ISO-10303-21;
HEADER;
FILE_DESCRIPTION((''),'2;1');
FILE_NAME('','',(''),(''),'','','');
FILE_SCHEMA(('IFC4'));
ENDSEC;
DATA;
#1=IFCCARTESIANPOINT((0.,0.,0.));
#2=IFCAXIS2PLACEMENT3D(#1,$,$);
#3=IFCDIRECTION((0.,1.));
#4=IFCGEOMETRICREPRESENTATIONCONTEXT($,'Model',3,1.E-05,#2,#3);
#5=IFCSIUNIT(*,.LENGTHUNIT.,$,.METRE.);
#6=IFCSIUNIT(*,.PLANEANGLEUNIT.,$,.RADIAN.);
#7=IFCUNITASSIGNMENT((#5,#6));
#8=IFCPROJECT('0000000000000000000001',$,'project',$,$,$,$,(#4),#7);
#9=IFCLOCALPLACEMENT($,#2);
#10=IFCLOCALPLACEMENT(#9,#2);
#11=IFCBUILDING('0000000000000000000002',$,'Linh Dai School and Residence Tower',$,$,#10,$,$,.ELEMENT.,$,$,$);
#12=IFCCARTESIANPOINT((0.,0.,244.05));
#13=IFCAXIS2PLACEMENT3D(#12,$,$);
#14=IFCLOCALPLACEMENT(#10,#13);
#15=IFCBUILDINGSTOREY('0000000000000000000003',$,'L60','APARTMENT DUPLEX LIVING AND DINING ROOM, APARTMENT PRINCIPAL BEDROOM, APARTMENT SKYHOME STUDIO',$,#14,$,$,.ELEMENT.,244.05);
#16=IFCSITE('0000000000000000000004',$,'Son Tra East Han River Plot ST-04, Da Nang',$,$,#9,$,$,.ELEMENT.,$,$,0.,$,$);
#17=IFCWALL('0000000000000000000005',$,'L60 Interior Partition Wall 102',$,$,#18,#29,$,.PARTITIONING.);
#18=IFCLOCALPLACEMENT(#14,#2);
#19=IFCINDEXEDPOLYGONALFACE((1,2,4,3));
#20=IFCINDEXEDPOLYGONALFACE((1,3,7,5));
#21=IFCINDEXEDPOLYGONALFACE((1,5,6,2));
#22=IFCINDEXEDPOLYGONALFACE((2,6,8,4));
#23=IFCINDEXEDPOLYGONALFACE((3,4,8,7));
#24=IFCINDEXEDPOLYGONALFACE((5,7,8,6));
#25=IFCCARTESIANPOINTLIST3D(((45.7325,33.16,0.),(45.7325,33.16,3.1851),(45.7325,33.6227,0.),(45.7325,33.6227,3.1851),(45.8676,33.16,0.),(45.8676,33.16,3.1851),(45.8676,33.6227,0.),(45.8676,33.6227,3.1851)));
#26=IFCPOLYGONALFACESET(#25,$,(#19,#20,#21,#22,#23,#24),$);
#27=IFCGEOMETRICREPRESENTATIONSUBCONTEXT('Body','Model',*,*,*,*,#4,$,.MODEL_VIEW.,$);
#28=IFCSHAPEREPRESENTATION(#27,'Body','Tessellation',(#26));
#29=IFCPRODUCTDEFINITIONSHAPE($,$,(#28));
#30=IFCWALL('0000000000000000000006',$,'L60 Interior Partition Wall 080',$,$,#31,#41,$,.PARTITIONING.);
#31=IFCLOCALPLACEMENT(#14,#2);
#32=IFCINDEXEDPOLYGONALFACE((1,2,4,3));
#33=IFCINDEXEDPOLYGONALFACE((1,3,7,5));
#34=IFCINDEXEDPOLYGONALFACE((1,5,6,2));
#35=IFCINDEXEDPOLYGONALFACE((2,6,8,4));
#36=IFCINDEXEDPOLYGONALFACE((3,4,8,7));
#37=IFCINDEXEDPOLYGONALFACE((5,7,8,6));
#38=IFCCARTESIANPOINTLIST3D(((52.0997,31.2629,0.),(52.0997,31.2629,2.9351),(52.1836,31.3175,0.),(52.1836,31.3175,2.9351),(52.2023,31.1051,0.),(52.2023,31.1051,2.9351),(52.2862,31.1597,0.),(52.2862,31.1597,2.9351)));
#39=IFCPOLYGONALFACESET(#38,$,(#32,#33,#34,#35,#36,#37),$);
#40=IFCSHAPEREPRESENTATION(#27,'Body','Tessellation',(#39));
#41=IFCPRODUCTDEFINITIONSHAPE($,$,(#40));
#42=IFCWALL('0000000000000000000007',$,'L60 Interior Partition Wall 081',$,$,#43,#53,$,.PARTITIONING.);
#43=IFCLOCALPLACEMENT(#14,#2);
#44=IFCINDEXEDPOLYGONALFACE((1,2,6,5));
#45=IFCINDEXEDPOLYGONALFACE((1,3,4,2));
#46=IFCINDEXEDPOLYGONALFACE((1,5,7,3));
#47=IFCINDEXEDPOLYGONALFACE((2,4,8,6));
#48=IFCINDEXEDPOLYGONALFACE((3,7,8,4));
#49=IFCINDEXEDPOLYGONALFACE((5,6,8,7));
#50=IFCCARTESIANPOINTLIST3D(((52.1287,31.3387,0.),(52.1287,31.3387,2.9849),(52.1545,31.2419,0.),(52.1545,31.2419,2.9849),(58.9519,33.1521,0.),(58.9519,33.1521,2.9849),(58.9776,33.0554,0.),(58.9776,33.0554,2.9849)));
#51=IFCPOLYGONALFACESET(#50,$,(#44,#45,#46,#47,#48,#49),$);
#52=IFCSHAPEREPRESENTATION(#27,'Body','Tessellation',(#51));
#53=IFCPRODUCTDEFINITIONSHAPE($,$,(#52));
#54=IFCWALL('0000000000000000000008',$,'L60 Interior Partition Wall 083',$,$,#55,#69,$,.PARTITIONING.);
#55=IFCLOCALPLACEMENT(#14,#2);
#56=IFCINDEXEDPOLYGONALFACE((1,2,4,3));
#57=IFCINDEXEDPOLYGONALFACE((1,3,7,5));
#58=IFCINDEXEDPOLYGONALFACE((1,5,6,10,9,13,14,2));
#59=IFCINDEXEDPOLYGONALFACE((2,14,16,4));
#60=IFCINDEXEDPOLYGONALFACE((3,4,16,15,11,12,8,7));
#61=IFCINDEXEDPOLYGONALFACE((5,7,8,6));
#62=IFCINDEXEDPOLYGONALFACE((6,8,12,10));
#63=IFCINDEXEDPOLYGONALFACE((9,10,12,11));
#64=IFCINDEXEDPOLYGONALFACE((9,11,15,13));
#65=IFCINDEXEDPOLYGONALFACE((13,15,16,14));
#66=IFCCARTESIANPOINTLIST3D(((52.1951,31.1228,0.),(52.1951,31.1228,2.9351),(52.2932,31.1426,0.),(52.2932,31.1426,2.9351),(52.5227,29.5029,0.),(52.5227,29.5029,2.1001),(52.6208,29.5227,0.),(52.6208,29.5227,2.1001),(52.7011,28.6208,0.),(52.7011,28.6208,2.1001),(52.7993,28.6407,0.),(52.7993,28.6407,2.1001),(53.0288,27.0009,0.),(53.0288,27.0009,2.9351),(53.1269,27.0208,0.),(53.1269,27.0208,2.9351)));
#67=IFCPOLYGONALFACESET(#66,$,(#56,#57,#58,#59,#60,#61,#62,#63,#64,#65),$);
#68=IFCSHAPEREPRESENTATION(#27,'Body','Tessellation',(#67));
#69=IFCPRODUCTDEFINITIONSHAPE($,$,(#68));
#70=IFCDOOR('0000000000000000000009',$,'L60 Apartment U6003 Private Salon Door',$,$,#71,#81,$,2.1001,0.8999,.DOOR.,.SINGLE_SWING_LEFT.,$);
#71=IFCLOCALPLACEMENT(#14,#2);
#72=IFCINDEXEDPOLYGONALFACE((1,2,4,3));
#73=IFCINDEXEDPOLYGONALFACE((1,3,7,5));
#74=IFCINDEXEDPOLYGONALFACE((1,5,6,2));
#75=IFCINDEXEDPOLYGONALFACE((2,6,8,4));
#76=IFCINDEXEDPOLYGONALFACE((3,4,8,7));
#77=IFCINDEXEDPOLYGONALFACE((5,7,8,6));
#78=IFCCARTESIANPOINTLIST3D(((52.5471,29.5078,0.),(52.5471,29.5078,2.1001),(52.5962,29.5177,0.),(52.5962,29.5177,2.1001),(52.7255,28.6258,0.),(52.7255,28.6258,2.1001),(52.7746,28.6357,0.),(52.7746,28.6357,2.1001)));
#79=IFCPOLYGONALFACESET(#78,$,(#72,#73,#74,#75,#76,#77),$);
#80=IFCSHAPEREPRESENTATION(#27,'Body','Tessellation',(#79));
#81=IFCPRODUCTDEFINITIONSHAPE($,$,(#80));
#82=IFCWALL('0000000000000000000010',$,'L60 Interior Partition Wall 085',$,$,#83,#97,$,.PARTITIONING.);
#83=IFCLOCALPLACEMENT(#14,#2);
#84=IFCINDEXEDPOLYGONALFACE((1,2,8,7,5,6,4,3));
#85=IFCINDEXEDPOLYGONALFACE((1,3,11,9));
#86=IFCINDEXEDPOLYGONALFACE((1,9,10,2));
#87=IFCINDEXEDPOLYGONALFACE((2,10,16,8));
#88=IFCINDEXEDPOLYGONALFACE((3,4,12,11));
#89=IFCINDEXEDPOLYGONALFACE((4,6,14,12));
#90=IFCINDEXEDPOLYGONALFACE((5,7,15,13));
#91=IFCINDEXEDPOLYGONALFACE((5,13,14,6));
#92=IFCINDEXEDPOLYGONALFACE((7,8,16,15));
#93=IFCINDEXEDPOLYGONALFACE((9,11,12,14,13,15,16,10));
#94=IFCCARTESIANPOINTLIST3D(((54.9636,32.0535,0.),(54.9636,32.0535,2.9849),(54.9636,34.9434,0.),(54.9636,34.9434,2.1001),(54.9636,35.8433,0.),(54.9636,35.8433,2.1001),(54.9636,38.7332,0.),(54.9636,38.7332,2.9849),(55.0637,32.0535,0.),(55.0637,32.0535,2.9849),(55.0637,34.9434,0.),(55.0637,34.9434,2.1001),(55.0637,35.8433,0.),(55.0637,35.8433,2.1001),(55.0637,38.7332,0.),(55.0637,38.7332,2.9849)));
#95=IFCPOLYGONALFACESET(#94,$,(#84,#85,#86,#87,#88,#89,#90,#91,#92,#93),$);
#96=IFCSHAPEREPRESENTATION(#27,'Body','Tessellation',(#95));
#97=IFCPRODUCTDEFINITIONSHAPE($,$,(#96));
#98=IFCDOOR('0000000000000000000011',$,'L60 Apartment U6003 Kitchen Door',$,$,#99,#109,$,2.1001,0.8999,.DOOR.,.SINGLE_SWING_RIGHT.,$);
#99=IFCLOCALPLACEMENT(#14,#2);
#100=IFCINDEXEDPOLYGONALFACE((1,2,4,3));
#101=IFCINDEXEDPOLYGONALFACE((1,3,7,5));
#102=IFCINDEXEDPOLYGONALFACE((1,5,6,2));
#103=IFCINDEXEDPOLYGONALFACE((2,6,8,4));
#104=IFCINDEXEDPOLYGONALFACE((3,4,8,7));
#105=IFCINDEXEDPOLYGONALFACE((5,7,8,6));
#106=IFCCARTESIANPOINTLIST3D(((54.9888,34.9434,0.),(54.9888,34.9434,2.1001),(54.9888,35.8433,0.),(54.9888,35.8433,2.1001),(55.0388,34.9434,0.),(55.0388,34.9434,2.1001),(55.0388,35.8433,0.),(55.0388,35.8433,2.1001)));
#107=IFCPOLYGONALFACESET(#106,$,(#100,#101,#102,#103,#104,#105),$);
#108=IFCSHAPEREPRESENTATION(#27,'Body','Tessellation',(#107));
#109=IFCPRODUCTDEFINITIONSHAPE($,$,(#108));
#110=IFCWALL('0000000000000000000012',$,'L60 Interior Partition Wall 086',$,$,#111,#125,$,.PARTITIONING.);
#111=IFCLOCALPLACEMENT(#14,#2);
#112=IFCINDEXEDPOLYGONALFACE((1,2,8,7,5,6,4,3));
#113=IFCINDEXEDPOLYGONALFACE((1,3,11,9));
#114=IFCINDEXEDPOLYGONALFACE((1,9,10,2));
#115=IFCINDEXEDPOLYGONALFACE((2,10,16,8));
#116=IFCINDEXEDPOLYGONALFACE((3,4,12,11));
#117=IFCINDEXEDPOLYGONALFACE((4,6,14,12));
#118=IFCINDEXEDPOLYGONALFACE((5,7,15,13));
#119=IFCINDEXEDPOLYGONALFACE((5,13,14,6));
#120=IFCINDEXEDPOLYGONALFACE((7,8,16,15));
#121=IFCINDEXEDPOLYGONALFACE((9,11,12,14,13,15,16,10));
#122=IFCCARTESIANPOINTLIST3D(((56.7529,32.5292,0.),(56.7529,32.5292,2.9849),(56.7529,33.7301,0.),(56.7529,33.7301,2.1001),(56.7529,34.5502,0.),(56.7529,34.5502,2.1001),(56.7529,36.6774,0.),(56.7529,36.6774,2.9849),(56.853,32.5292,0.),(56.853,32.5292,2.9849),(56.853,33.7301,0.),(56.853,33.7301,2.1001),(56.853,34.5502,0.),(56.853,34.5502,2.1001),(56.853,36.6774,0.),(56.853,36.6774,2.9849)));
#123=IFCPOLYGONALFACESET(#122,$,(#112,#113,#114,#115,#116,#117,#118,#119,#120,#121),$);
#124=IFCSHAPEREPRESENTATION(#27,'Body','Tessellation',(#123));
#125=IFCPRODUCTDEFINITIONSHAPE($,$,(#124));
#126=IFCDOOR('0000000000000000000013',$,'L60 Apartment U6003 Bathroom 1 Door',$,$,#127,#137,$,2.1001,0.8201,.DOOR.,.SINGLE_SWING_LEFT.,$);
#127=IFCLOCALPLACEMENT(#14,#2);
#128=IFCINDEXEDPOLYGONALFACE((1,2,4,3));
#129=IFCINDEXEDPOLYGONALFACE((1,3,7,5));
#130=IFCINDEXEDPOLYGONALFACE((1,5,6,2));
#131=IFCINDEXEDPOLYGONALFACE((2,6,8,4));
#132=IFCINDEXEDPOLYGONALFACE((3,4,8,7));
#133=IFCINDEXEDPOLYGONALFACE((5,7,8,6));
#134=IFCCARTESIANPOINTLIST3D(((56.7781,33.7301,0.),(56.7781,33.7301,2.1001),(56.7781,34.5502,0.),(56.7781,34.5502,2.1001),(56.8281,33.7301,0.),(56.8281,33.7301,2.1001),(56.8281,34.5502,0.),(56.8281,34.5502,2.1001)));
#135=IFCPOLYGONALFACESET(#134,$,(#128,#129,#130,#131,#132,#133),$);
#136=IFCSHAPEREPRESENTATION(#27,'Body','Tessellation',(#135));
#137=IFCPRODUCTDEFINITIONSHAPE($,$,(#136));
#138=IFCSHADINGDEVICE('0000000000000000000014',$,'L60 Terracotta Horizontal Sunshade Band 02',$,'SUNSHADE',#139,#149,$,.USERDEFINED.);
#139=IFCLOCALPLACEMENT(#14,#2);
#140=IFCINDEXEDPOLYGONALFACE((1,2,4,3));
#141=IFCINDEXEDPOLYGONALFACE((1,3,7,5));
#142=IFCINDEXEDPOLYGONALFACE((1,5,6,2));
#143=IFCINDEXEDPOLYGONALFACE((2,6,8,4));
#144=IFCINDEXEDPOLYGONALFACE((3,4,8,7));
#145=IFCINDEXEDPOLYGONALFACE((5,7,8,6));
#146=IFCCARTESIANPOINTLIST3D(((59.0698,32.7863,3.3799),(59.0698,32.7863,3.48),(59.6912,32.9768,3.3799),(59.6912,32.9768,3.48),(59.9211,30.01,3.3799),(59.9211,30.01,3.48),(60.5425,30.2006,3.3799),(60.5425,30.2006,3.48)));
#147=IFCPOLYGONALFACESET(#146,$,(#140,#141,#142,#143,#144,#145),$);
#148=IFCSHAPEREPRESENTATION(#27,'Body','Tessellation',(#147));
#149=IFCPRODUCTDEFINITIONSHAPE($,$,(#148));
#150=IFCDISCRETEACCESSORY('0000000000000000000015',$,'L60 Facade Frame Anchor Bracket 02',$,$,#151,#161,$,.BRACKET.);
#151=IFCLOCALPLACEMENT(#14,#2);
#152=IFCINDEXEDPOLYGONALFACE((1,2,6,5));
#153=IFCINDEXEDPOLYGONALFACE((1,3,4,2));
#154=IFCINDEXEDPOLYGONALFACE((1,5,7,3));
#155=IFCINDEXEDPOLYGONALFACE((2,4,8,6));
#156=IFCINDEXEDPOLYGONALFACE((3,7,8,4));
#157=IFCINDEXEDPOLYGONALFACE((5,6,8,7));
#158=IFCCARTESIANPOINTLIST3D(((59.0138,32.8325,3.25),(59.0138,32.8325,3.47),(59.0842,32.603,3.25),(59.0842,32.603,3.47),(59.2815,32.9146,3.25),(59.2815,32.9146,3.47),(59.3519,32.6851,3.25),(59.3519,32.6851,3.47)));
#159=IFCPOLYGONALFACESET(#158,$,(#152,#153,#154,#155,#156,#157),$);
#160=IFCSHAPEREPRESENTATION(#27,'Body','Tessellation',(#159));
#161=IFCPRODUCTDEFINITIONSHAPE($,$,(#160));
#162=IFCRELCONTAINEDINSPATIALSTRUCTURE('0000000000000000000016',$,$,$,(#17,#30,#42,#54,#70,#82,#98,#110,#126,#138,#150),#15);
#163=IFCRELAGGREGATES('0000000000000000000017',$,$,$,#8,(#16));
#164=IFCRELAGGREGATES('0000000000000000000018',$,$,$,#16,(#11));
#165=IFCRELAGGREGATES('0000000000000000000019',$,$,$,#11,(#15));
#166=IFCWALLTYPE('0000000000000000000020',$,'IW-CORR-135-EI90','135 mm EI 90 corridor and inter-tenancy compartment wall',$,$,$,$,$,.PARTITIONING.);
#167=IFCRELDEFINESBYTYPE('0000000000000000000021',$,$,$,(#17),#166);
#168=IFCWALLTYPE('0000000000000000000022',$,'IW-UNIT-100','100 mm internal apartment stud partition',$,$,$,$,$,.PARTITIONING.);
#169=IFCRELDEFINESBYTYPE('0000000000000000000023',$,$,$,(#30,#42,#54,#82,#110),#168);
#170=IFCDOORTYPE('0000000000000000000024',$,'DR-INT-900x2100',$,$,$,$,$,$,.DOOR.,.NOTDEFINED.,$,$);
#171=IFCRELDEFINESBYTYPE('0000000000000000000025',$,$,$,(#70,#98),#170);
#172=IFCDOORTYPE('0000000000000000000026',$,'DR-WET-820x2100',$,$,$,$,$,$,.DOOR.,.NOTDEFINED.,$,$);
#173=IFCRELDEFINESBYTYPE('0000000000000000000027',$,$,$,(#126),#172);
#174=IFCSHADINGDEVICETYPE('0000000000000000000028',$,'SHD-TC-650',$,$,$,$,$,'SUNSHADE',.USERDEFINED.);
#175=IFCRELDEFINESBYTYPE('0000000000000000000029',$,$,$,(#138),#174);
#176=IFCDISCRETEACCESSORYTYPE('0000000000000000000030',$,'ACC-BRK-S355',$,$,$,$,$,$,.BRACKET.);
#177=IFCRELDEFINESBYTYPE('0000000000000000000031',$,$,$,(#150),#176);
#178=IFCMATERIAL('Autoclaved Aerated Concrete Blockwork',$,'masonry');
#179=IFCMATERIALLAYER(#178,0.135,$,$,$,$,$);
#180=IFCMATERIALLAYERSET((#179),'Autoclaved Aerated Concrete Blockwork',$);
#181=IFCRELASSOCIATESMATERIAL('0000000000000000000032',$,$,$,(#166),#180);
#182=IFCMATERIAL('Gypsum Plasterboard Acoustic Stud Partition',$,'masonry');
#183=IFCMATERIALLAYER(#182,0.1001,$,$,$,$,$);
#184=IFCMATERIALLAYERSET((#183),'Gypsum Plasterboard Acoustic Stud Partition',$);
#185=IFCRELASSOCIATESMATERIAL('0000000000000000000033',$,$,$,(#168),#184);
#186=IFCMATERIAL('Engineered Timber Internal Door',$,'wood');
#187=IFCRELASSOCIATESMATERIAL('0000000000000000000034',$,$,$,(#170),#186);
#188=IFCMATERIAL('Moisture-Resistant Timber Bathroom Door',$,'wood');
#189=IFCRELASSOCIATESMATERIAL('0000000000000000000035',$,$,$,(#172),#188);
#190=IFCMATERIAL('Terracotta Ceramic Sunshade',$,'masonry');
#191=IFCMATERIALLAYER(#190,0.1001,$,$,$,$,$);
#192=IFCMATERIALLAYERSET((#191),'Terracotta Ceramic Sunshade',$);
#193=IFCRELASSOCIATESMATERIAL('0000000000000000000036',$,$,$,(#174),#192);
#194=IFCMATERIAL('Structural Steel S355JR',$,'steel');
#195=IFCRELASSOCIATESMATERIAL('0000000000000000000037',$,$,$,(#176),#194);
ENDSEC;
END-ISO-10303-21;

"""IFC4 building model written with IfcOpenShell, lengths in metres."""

from ifc_helpers import new_model, si_unit, direction, frame, frame_2d, origin, origin_2d, place, context, subcontext, project, spatial, rectangle, extrude, source, transform, mapped, material, layer, layer_set, type_object, element, fill, save


model = new_model("IFC4")

# Units and contexts
model_context = context("Model", 3, precision=1e-05, world=origin(), true_north=direction((0.0, 1.0)))
body_context = subcontext(model_context, "Body", "Model", "MODEL_VIEW")
ifc_project = project(units=[si_unit("LENGTHUNIT", "METRE"), si_unit("PLANEANGLEUNIT", "RADIAN")], contexts=[model_context])

# Site, building, storey
site_placement = place(None, origin())
site = spatial("IfcSite", under=ifc_project, at=site_placement, Name="Son Tra East Han River Plot ST-04, Da Nang", CompositionType="ELEMENT", RefElevation=0.0)
building_placement = place(site_placement, origin())
building = spatial("IfcBuilding", under=site, at=building_placement, Name="Linh Dai School and Residence Tower", CompositionType="ELEMENT")
storey_placement = place(building_placement, frame((0.0, 0.0, 244.05)))
storey = spatial("IfcBuildingStorey", under=building, at=storey_placement, Name="L60", Description="APARTMENT DUPLEX LIVING AND DINING ROOM, APARTMENT PRINCIPAL BEDROOM, APARTMENT SKYHOME STUDIO", CompositionType="ELEMENT", Elevation=244.05)

# Shared definitions
ifc_material_1 = material(Name="Structural Steel S355JR", Category="steel")

# Walls
ifc_material_2 = material(Name="Autoclaved Aerated Concrete Blockwork", Category="masonry")
ifc_layer_1 = layer(ifc_material_2, 0.135)
ifc_layer_set_1 = layer_set([ifc_layer_1], Name="Autoclaved Aerated Concrete Blockwork")
wall_type_1 = type_object("IfcWallType", Name="IW-CORR-135-EI90", Description="135 mm EI 90 corridor and inter-tenancy compartment wall", PredefinedType="PARTITIONING", material=ifc_layer_set_1)
wall_1_placement = place(storey_placement, frame((45.8, 33.1599, 0.0), z_axis=(0.0, 0.0, 1.0), x_axis=(0.0, 1.0, 0.0)))
element("IfcWall", 1, at=wall_1_placement, inside=storey, type_object=wall_type_1, Name="L60 Interior Partition Wall 102", PredefinedType="PARTITIONING", context=body_context, shape_type="SweptSolid", body=[
    extrude(rectangle(XDim=0.4626, YDim=0.135, at=frame_2d((0.2314, 0.0))), origin(), (0.0, 0.0, 1.0), 3.1851),
])
ifc_material_3 = material(Name="Gypsum Plasterboard Acoustic Stud Partition", Category="masonry")
ifc_layer_2 = layer(ifc_material_3, 0.1001)
ifc_layer_set_2 = layer_set([ifc_layer_2], Name="Gypsum Plasterboard Acoustic Stud Partition")
wall_type_2 = type_object("IfcWallType", Name="IW-UNIT-100", Description="100 mm internal apartment stud partition", PredefinedType="PARTITIONING", material=ifc_layer_set_2)
wall_2_placement = place(storey_placement, frame((52.1416, 31.2903, 0.0), z_axis=(0.0, 0.0, 1.0), x_axis=(0.54508, -0.838384, 0.0)))
element("IfcWall", 2, at=wall_2_placement, inside=storey, type_object=wall_type_2, Name="L60 Interior Partition Wall 080", PredefinedType="PARTITIONING", context=body_context, shape_type="SweptSolid", body=[
    extrude(rectangle(XDim=0.1882, YDim=0.1001, at=frame_2d((0.0942, 0.0))), origin(), (0.0, 0.0, 1.0), 2.9351),
])
wall_3_placement = place(storey_placement, frame((52.1416, 31.2903, 0.0), z_axis=(0.0, 0.0, 1.0), x_axis=(0.966448, 0.256862, 0.0)))
element("IfcWall", 3, at=wall_3_placement, inside=storey, type_object=wall_type_2, Name="L60 Interior Partition Wall 081", PredefinedType="PARTITIONING", context=body_context, shape_type="SweptSolid", body=[
    extrude(rectangle(XDim=7.0601, YDim=0.1001, at=frame_2d((3.53, 0.0))), origin(), (0.0, 0.0, 1.0), 2.9849),
])

# Walls, openings, doors
wall_4_placement = place(storey_placement, frame((52.2441, 31.1326, 0.0), z_axis=(0.0, 0.0, 1.0), x_axis=(0.198259, -0.98015, 0.0)))
wall_4 = element("IfcWall", 4, at=wall_4_placement, inside=storey, type_object=wall_type_2, Name="L60 Interior Partition Wall 083", PredefinedType="PARTITIONING", context=body_context, shape_type="SweptSolid", body=[
    extrude(rectangle(XDim=4.2053, YDim=0.1001, at=frame_2d((2.1025, 0.0))), origin(), (0.0, 0.0, 1.0), 2.9351),
])
opening_1_placement = place(wall_4_placement, frame((1.6526, 0.0, 0.0)))
opening_1 = element("IfcOpeningElement", 5, at=opening_1_placement, cuts=wall_4, PredefinedType="OPENING", context=body_context, shape_type="SweptSolid", body=[
    extrude(rectangle(XDim=0.8999, YDim=2.1001, at=origin_2d()), frame((0.45, 0.0601, 1.05), z_axis=(0.0, -1.0, 0.0), x_axis=(1.0, 0.0, 0.0)), (0.0, 0.0, 1.0), 0.1201),
])
ifc_material_4 = material(Name="Engineered Timber Internal Door", Category="wood")
door_type_1 = type_object("IfcDoorType", Name="DR-INT-900x2100", OperationType="NOTDEFINED", PredefinedType="DOOR", material=ifc_material_4)
shared_shape_1 = source(origin(), body_context, "Body", "SweptSolid", [
    extrude(rectangle(XDim=0.8999, YDim=2.1001, at=origin_2d()), frame((0.45, 0.0249, 1.05), z_axis=(0.0, -1.0, 0.0), x_axis=(1.0, 0.0, 0.0)), (0.0, 0.0, 1.0), 0.05),
])
door_1_placement = place(opening_1_placement, origin())
door_1 = element("IfcDoor", 6, at=door_1_placement, inside=storey, type_object=door_type_1, Name="L60 Apartment U6003 Private Salon Door", OperationType="SINGLE_SWING_LEFT", OverallHeight=2.1001, OverallWidth=0.8999, PredefinedType="DOOR", context=body_context, shape_type="MappedRepresentation", body=[
    mapped(shared_shape_1, transform((0.0, 0.0, 0.0), x_axis=(1.0, 0.0, 0.0), y_axis=(0.0, 1.0, 0.0), z_axis=(0.0, 0.0, 1.0), scale=1.0)),
])
fill(opening_1, door_1)
wall_5_placement = place(storey_placement, frame((55.0137, 32.0535, 0.0), z_axis=(0.0, 0.0, 1.0), x_axis=(0.0, 1.0, 0.0)))
wall_5 = element("IfcWall", 7, at=wall_5_placement, inside=storey, type_object=wall_type_2, Name="L60 Interior Partition Wall 085", PredefinedType="PARTITIONING", context=body_context, shape_type="SweptSolid", body=[
    extrude(rectangle(XDim=6.6797, YDim=0.1001, at=frame_2d((3.3398, 0.0))), origin(), (0.0, 0.0, 1.0), 2.9849),
])
opening_2_placement = place(wall_5_placement, frame((2.8899, 0.0, 0.0)))
opening_2 = element("IfcOpeningElement", 8, at=opening_2_placement, cuts=wall_5, PredefinedType="OPENING", context=body_context, shape_type="SweptSolid", body=[
    extrude(rectangle(XDim=0.8999, YDim=2.1001, at=origin_2d()), frame((0.45, 0.0601, 1.05), z_axis=(0.0, -1.0, 0.0), x_axis=(1.0, 0.0, 0.0)), (0.0, 0.0, 1.0), 0.1201),
])
door_2_placement = place(opening_2_placement, origin())
door_2 = element("IfcDoor", 9, at=door_2_placement, inside=storey, type_object=door_type_1, Name="L60 Apartment U6003 Kitchen Door", OperationType="SINGLE_SWING_RIGHT", OverallHeight=2.1001, OverallWidth=0.8999, PredefinedType="DOOR", context=body_context, shape_type="MappedRepresentation", body=[
    mapped(shared_shape_1, transform((0.0, 0.0, 0.0), x_axis=(1.0, 0.0, 0.0), y_axis=(0.0, 1.0, 0.0), z_axis=(0.0, 0.0, 1.0), scale=1.0)),
])
fill(opening_2, door_2)
wall_6_placement = place(storey_placement, frame((56.803, 32.5291, 0.0), z_axis=(0.0, 0.0, 1.0), x_axis=(0.0, 1.0, 0.0)))
wall_6 = element("IfcWall", 10, at=wall_6_placement, inside=storey, type_object=wall_type_2, Name="L60 Interior Partition Wall 086", PredefinedType="PARTITIONING", context=body_context, shape_type="SweptSolid", body=[
    extrude(rectangle(XDim=4.1482, YDim=0.1001, at=frame_2d((2.0742, 0.0))), origin(), (0.0, 0.0, 1.0), 2.9849),
])
opening_3_placement = place(wall_6_placement, frame((1.2009, 0.0, 0.0)))
opening_3 = element("IfcOpeningElement", 11, at=opening_3_placement, cuts=wall_6, PredefinedType="OPENING", context=body_context, shape_type="SweptSolid", body=[
    extrude(rectangle(XDim=0.8201, YDim=2.1001, at=origin_2d()), frame((0.4102, 0.0601, 1.05), z_axis=(0.0, -1.0, 0.0), x_axis=(1.0, 0.0, 0.0)), (0.0, 0.0, 1.0), 0.1201),
])
ifc_material_5 = material(Name="Moisture-Resistant Timber Bathroom Door", Category="wood")
door_type_2 = type_object("IfcDoorType", Name="DR-WET-820x2100", OperationType="NOTDEFINED", PredefinedType="DOOR", material=ifc_material_5)
shared_shape_2 = source(origin(), body_context, "Body", "SweptSolid", [
    extrude(rectangle(XDim=0.8201, YDim=2.1001, at=origin_2d()), frame((0.4102, 0.0249, 1.05), z_axis=(0.0, -1.0, 0.0), x_axis=(1.0, 0.0, 0.0)), (0.0, 0.0, 1.0), 0.05),
])
door_3_placement = place(opening_3_placement, origin())
door_3 = element("IfcDoor", 12, at=door_3_placement, inside=storey, type_object=door_type_2, Name="L60 Apartment U6003 Bathroom 1 Door", OperationType="SINGLE_SWING_LEFT", OverallHeight=2.1001, OverallWidth=0.8201, PredefinedType="DOOR", context=body_context, shape_type="MappedRepresentation", body=[
    mapped(shared_shape_2, transform((0.0, 0.0, 0.0), x_axis=(1.0, 0.0, 0.0), y_axis=(0.0, 1.0, 0.0), z_axis=(0.0, 0.0, 1.0), scale=1.0)),
])
fill(opening_3, door_3)

# Shading device
ifc_material_6 = material(Name="Terracotta Ceramic Sunshade", Category="masonry")
ifc_layer_3 = layer(ifc_material_6, 0.1001)
ifc_layer_set_3 = layer_set([ifc_layer_3], Name="Terracotta Ceramic Sunshade")
shading_device_type = type_object("IfcShadingDeviceType", Name="SHD-TC-650", ElementType="SUNSHADE", PredefinedType="USERDEFINED", material=ifc_layer_set_3)
shared_shape_3 = source(origin(), body_context, "Body", "SweptSolid", [
    extrude(rectangle(XDim=2.9038, YDim=0.6499, at=origin_2d()), origin(), (0.0, 0.0, 1.0), 0.1001),
])
shading_device_placement = place(storey_placement, frame((59.8062, 31.4934, 3.3799), z_axis=(0.0, 0.0, 1.0), x_axis=(0.293157, -0.956064, 0.0)))
element("IfcShadingDevice", 13, at=shading_device_placement, inside=storey, type_object=shading_device_type, Name="L60 Terracotta Horizontal Sunshade Band 02", ObjectType="SUNSHADE", PredefinedType="USERDEFINED", context=body_context, shape_type="MappedRepresentation", body=[
    mapped(shared_shape_3, transform((0.0, 0.0, 0.0), x_axis=(1.0, 0.0, 0.0), y_axis=(0.0, 1.0, 0.0), z_axis=(0.0, 0.0, 1.0), scale=1.0)),
])

# Discrete accessory
discrete_accessory_type = type_object("IfcDiscreteAccessoryType", Name="ACC-BRK-S355", PredefinedType="BRACKET", material=ifc_material_1)
shared_shape_4 = source(origin(), body_context, "Body", "SweptSolid", [
    extrude(rectangle(XDim=0.28, YDim=0.24, at=origin_2d()), origin(), (0.0, 0.0, 1.0), 0.22),
])
discrete_accessory_placement = place(storey_placement, frame((59.1829, 32.7588, 3.25), z_axis=(0.0, 0.0, 1.0), x_axis=(0.956064, 0.293157, 0.0)))
element("IfcDiscreteAccessory", 14, at=discrete_accessory_placement, inside=storey, type_object=discrete_accessory_type, Name="L60 Facade Frame Anchor Bracket 02", PredefinedType="BRACKET", context=body_context, shape_type="MappedRepresentation", body=[
    mapped(shared_shape_4, transform((0.0, 0.0, 0.0), x_axis=(1.0, 0.0, 0.0), y_axis=(0.0, 1.0, 0.0), z_axis=(0.0, 0.0, 1.0), scale=1.0)),
])

save(model, "model.ifc")
